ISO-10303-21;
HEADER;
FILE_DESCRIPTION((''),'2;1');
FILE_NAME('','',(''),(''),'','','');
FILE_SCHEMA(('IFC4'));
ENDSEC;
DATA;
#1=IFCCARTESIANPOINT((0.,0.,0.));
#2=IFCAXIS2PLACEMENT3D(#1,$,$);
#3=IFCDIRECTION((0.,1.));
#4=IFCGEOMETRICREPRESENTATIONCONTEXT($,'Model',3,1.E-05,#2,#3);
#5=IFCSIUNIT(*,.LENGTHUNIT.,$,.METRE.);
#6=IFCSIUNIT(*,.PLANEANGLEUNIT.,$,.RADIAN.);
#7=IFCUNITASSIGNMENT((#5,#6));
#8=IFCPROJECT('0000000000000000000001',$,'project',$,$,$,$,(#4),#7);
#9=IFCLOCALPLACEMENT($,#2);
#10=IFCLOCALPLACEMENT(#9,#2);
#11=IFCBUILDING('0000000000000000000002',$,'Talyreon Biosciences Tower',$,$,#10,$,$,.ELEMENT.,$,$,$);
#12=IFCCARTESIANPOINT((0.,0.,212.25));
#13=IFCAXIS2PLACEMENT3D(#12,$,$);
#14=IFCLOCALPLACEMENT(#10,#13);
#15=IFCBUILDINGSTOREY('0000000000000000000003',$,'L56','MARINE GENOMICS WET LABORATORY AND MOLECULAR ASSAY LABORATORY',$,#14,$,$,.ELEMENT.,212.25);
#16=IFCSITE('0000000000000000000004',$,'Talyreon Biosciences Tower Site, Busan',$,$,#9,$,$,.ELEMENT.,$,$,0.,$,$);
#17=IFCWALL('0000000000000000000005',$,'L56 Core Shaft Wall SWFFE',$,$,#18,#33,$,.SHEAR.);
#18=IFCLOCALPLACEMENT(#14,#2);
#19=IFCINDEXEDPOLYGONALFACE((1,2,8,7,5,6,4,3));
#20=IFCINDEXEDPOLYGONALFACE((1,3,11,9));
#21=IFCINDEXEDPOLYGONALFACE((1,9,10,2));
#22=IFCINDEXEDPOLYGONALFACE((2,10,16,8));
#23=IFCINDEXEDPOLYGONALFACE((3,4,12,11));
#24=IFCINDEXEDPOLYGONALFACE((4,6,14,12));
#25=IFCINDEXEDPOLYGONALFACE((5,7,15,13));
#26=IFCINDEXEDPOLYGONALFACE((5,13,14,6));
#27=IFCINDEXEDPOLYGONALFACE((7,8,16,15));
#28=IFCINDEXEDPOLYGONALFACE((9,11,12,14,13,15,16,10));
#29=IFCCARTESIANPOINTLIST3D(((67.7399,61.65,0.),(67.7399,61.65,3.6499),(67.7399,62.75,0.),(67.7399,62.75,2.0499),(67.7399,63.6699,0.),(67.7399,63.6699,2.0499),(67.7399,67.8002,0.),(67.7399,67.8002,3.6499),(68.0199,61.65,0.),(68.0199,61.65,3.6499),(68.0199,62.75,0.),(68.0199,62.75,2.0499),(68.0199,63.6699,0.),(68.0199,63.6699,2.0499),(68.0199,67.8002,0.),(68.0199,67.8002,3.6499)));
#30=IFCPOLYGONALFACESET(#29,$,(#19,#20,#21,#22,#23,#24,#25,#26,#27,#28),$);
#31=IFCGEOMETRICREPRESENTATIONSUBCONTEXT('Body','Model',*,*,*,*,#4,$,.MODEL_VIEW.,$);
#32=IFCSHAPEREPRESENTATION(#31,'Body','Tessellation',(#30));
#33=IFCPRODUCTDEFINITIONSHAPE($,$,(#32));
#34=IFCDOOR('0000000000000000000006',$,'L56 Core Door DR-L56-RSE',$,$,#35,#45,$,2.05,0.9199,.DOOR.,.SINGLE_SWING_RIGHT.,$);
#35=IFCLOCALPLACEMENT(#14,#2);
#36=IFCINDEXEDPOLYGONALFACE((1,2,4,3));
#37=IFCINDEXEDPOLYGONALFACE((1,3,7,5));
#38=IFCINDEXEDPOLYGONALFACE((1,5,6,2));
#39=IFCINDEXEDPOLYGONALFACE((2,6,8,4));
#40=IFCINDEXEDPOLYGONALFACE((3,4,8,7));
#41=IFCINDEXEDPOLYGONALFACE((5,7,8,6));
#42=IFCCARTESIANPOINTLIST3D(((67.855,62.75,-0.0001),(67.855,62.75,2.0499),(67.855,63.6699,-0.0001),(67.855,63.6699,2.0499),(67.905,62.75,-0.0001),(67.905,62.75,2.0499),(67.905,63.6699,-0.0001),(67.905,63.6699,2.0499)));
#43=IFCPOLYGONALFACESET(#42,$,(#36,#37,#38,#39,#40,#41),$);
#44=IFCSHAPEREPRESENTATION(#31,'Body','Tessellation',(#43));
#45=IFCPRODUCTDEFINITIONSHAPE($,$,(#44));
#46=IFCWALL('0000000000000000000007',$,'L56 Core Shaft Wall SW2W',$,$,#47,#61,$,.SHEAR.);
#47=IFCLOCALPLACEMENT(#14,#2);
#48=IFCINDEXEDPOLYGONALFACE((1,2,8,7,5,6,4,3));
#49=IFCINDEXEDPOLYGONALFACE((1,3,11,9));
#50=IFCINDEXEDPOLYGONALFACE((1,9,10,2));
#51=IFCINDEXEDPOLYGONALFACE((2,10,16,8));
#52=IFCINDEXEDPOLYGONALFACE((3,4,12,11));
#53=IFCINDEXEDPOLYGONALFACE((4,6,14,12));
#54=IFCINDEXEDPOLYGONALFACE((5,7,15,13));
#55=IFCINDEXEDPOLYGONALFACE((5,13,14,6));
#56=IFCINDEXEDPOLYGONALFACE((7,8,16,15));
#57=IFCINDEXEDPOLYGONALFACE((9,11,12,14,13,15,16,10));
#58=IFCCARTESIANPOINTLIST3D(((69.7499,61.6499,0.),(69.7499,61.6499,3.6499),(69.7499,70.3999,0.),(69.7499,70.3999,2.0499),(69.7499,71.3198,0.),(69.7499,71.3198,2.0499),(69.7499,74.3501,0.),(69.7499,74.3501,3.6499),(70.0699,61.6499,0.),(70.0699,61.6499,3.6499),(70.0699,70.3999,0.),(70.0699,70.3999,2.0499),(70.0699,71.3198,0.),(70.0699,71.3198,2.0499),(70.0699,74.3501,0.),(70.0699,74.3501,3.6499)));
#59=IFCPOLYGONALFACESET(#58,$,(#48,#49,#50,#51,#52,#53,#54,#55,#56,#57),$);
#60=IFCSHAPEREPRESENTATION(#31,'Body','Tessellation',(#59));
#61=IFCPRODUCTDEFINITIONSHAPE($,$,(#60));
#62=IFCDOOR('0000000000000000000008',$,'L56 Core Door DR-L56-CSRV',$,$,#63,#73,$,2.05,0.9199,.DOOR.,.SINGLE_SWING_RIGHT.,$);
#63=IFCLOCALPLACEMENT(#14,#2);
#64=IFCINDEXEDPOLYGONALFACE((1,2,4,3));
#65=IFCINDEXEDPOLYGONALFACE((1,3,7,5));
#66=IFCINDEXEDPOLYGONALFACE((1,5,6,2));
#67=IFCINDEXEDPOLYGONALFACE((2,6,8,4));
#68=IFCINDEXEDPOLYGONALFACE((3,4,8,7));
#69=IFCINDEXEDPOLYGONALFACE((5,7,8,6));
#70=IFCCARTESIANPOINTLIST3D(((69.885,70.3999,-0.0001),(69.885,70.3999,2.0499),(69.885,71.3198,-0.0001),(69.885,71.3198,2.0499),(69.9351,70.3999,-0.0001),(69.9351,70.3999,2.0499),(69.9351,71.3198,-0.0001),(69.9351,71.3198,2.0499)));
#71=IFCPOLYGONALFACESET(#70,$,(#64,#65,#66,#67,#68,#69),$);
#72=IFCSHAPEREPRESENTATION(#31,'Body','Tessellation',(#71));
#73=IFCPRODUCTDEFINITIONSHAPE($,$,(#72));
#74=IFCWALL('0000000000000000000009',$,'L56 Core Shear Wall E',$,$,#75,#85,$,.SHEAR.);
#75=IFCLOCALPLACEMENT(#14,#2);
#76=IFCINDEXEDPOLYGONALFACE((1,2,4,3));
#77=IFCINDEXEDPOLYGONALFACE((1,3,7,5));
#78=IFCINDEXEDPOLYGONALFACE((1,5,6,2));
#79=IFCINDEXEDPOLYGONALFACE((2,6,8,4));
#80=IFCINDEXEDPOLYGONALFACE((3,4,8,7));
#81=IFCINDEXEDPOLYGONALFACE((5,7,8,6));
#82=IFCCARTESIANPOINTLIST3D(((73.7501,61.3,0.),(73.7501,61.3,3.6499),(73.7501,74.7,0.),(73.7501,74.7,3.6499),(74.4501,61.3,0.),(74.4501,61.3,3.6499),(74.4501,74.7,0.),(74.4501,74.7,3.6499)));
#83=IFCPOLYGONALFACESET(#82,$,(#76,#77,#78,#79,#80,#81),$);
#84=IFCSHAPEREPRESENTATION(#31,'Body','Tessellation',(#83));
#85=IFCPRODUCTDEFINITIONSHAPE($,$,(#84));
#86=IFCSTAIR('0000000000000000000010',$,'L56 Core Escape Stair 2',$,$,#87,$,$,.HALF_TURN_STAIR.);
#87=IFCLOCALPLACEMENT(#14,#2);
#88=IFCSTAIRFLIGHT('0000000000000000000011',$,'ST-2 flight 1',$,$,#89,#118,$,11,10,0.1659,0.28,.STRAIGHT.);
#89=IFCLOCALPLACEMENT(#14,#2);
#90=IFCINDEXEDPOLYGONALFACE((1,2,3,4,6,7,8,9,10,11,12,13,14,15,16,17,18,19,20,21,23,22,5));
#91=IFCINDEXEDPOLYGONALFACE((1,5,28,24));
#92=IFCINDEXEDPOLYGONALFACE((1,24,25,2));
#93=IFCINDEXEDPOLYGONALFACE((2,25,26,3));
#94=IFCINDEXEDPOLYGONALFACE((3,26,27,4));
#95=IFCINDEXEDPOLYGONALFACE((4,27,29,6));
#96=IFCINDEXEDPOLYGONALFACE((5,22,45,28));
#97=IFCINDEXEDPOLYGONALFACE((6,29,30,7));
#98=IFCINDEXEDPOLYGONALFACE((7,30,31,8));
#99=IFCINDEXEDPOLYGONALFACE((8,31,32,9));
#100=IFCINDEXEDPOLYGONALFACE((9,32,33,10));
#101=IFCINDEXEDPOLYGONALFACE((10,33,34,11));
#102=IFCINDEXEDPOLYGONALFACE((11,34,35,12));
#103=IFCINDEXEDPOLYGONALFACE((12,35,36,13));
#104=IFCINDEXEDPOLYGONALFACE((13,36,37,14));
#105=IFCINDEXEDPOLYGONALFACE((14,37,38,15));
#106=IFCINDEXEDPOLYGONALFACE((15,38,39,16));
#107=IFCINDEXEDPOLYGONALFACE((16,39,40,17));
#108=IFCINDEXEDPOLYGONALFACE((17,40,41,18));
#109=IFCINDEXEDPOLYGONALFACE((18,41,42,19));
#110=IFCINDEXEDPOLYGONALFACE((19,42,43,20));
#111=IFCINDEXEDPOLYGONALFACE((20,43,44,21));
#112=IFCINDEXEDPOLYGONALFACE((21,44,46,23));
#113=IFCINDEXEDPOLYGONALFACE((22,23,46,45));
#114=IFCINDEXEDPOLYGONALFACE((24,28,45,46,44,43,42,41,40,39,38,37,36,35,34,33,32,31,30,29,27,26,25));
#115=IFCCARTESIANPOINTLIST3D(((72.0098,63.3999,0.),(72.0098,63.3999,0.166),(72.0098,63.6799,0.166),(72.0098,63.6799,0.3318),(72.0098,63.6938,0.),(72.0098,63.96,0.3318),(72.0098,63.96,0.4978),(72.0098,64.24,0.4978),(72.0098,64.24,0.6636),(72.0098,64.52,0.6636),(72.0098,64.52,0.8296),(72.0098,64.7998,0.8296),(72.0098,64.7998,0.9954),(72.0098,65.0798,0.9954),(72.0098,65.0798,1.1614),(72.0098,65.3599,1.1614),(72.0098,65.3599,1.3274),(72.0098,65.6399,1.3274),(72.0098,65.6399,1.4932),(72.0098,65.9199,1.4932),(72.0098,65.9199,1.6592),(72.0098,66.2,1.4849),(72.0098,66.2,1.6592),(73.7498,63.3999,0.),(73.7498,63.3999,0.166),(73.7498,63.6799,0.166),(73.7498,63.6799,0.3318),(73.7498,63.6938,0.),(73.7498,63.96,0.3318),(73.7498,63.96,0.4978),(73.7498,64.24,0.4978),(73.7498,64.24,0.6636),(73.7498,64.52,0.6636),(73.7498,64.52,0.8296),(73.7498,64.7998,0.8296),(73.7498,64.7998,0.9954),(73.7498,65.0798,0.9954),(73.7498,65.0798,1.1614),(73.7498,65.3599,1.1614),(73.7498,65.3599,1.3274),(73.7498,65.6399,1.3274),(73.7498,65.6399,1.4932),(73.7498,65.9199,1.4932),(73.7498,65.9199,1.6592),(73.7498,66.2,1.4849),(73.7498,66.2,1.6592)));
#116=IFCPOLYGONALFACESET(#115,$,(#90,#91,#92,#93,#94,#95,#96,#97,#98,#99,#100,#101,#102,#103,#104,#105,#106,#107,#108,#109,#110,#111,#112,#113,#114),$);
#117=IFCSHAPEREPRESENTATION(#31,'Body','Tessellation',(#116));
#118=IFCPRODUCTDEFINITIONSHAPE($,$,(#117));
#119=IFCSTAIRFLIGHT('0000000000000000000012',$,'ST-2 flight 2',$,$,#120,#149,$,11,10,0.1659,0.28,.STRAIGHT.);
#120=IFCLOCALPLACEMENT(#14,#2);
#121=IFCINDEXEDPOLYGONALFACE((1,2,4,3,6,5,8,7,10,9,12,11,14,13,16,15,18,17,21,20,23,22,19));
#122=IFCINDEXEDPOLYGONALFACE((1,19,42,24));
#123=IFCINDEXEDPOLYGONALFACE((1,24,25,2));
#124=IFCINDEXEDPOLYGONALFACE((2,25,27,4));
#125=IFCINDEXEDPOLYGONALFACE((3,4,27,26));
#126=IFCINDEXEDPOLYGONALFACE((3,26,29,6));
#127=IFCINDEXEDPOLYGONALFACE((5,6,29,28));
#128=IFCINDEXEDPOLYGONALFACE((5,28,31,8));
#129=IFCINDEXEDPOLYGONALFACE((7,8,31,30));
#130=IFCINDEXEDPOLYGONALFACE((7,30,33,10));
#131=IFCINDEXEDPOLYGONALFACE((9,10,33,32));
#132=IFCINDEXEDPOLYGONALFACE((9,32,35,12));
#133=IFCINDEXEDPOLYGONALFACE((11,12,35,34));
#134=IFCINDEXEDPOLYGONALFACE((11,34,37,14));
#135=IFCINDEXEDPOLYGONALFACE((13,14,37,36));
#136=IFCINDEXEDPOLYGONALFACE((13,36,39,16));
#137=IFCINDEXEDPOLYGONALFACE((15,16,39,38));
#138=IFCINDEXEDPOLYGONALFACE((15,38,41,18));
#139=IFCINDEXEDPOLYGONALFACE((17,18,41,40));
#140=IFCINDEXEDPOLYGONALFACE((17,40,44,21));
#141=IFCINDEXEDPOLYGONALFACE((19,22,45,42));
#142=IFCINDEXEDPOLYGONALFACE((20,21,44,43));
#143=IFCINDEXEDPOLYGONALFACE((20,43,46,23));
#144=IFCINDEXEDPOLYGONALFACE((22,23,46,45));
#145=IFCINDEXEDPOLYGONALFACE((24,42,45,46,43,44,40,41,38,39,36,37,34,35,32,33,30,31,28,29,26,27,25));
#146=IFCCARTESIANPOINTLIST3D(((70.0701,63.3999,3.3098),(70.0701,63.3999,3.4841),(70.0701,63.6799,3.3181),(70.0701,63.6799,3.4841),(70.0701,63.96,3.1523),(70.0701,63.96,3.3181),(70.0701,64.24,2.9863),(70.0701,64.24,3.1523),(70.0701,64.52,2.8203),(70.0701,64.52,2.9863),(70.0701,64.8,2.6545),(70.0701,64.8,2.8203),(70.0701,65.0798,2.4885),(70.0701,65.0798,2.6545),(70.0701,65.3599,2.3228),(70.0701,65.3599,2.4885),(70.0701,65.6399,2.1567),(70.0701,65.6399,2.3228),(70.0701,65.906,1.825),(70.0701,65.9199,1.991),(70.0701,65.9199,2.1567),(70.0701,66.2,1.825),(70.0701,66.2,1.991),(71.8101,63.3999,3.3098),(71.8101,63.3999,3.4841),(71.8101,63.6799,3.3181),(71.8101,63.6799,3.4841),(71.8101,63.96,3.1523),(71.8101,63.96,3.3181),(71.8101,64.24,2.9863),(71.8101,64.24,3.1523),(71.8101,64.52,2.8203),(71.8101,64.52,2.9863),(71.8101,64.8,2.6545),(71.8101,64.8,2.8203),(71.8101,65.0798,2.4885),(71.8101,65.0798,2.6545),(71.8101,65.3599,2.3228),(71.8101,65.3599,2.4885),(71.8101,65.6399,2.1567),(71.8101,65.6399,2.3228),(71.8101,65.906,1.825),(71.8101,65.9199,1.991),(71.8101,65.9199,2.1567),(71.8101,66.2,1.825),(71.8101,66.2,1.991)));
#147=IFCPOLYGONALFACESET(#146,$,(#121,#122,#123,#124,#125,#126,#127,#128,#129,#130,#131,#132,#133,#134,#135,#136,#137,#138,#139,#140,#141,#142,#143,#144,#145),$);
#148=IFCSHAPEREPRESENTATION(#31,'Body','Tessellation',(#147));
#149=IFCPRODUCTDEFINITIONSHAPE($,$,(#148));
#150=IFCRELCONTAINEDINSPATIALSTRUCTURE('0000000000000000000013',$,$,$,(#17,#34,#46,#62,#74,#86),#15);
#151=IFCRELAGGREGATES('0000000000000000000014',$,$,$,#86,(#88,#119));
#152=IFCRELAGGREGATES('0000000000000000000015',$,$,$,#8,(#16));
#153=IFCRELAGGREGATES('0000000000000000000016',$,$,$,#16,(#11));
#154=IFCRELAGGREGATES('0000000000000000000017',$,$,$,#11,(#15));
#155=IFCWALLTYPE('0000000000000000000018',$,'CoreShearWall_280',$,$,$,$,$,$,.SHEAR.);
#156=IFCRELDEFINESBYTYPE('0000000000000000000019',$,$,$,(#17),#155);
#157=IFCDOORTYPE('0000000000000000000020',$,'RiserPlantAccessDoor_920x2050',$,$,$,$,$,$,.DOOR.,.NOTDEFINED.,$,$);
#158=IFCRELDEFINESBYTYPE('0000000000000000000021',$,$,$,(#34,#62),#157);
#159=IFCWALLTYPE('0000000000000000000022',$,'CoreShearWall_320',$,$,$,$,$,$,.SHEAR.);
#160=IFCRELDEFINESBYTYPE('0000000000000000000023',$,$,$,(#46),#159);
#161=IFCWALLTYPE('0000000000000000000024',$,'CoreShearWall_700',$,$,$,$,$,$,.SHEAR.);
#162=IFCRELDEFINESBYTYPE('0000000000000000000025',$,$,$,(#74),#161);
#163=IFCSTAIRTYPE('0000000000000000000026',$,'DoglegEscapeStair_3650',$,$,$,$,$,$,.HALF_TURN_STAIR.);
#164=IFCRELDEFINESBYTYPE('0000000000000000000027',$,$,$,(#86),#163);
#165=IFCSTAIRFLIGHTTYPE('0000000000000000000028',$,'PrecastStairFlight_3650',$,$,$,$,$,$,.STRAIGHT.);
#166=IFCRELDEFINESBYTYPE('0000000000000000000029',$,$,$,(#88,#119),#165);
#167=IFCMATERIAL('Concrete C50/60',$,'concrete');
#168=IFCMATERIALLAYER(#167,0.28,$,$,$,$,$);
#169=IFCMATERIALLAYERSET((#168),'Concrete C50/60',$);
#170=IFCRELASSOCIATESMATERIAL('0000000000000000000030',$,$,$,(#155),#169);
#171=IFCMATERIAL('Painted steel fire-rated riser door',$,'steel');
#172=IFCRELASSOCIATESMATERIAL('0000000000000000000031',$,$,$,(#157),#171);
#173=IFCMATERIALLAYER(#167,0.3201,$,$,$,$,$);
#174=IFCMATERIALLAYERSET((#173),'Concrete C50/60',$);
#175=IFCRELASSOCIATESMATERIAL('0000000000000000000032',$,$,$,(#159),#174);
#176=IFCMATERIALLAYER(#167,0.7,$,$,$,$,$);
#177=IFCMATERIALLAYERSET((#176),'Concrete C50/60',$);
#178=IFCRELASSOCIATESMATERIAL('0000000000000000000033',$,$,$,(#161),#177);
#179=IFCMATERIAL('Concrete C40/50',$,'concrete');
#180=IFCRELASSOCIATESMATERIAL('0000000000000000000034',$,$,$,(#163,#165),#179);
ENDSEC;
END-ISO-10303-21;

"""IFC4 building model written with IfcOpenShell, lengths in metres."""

from ifc_helpers import new_model, si_unit, direction, frame, frame_2d, origin, place, context, subcontext, project, spatial, polyline, rectangle, outline, extrude, material, layer, layer_set, type_object, element, fill, aggregate, save


model = new_model("IFC4")

# Units and contexts
model_context = context("Model", 3, precision=1e-05, world=origin(), true_north=direction((0.0, 1.0)))
body_context = subcontext(model_context, "Body", "Model", "MODEL_VIEW")
ifc_project = project(units=[si_unit("LENGTHUNIT", "METRE"), si_unit("PLANEANGLEUNIT", "RADIAN")], contexts=[model_context])

# Site, building, storey
site_placement = place(None, origin())
site = spatial("IfcSite", under=ifc_project, at=site_placement, Name="Talyreon Biosciences Tower Site, Busan", CompositionType="ELEMENT", RefElevation=0.0)
building_placement = place(site_placement, origin())
building = spatial("IfcBuilding", under=site, at=building_placement, Name="Talyreon Biosciences Tower", CompositionType="ELEMENT")
storey_placement = place(building_placement, frame((0.0, 0.0, 212.25)))
storey = spatial("IfcBuildingStorey", under=building, at=storey_placement, Name="L56", Description="MARINE GENOMICS WET LABORATORY AND MOLECULAR ASSAY LABORATORY", CompositionType="ELEMENT", Elevation=212.25)

# Shared definitions
ifc_material_1 = material(Name="Concrete C50/60", Category="concrete")

# Walls, openings, doors
ifc_layer_1 = layer(ifc_material_1, 0.28)
ifc_layer_set_1 = layer_set([ifc_layer_1], Name="Concrete C50/60")
wall_type_1 = type_object("IfcWallType", Name="CoreShearWall_280", PredefinedType="SHEAR", material=ifc_layer_set_1)
wall_1_placement = place(storey_placement, frame((67.8799, 61.6499, 0.0), z_axis=(0.0, 0.0, 1.0), x_axis=(0.0, 1.0, 0.0)))
wall_1 = element("IfcWall", 1, at=wall_1_placement, inside=storey, type_object=wall_type_1, Name="L56 Core Shaft Wall SWFFE", PredefinedType="SHEAR", context=body_context, shape_type="SweptSolid", body=[
    extrude(rectangle(XDim=6.1501, YDim=0.28, at=frame_2d((3.0752, 0.0))), origin(), (0.0, 0.0, 1.0), 3.6499),
])
opening_1_placement = place(wall_1_placement, frame((1.1001, 0.0, 0.0)))
opening_1 = element("IfcOpeningElement", 2, at=opening_1_placement, cuts=wall_1, PredefinedType="OPENING", context=body_context, shape_type="SweptSolid", body=[
    extrude(rectangle(XDim=0.9199, YDim=2.05, at=frame_2d((0.46, 1.0249))), frame((0.0, 0.1499, 0.0), z_axis=(0.0, -1.0, 0.0), x_axis=(1.0, 0.0, 0.0)), (0.0, 0.0, 1.0), 0.3),
])
ifc_material_2 = material(Name="Painted steel fire-rated riser door", Category="steel")
door_type = type_object("IfcDoorType", Name="RiserPlantAccessDoor_920x2050", OperationType="NOTDEFINED", PredefinedType="DOOR", material=ifc_material_2)
door_1_placement = place(opening_1_placement, origin())
door_1 = element("IfcDoor", 3, at=door_1_placement, inside=storey, type_object=door_type, Name="L56 Core Door DR-L56-RSE", OperationType="SINGLE_SWING_RIGHT", OverallHeight=2.05, OverallWidth=0.9199, PredefinedType="DOOR", context=body_context, shape_type="SweptSolid", body=[
    extrude(rectangle(XDim=0.9199, YDim=2.05, at=frame_2d((0.46, 1.0249))), frame((0.0, 0.0249, 0.0), z_axis=(0.0, -1.0, 0.0), x_axis=(1.0, 0.0, 0.0)), (0.0, 0.0, 1.0), 0.05),
])
fill(opening_1, door_1)
ifc_layer_2 = layer(ifc_material_1, 0.3201)
ifc_layer_set_2 = layer_set([ifc_layer_2], Name="Concrete C50/60")
wall_type_2 = type_object("IfcWallType", Name="CoreShearWall_320", PredefinedType="SHEAR", material=ifc_layer_set_2)
wall_2_placement = place(storey_placement, frame((69.9099, 61.6499, 0.0), z_axis=(0.0, 0.0, 1.0), x_axis=(0.0, 1.0, 0.0)))
wall_2 = element("IfcWall", 4, at=wall_2_placement, inside=storey, type_object=wall_type_2, Name="L56 Core Shaft Wall SW2W", PredefinedType="SHEAR", context=body_context, shape_type="SweptSolid", body=[
    extrude(rectangle(XDim=12.7002, YDim=0.3201, at=frame_2d((6.3501, 0.0))), origin(), (0.0, 0.0, 1.0), 3.6499),
])
opening_2_placement = place(wall_2_placement, frame((8.75, 0.0, 0.0)))
opening_2 = element("IfcOpeningElement", 5, at=opening_2_placement, cuts=wall_2, PredefinedType="OPENING", context=body_context, shape_type="SweptSolid", body=[
    extrude(rectangle(XDim=0.9199, YDim=2.05, at=frame_2d((0.46, 1.0249))), frame((0.0, 0.1699, 0.0), z_axis=(0.0, -1.0, 0.0), x_axis=(1.0, 0.0, 0.0)), (0.0, 0.0, 1.0), 0.3401),
])
door_2_placement = place(opening_2_placement, origin())
door_2 = element("IfcDoor", 6, at=door_2_placement, inside=storey, type_object=door_type, Name="L56 Core Door DR-L56-CSRV", OperationType="SINGLE_SWING_RIGHT", OverallHeight=2.05, OverallWidth=0.9199, PredefinedType="DOOR", context=body_context, shape_type="SweptSolid", body=[
    extrude(rectangle(XDim=0.9199, YDim=2.05, at=frame_2d((0.46, 1.0249))), frame((0.0, 0.0249, 0.0), z_axis=(0.0, -1.0, 0.0), x_axis=(1.0, 0.0, 0.0)), (0.0, 0.0, 1.0), 0.05),
])
fill(opening_2, door_2)

# Wall
ifc_layer_3 = layer(ifc_material_1, 0.7)
ifc_layer_set_3 = layer_set([ifc_layer_3], Name="Concrete C50/60")
wall_type_3 = type_object("IfcWallType", Name="CoreShearWall_700", PredefinedType="SHEAR", material=ifc_layer_set_3)
wall_3_placement = place(storey_placement, frame((74.1001, 61.3, 0.0), z_axis=(0.0, 0.0, 1.0), x_axis=(0.0, 1.0, 0.0)))
element("IfcWall", 7, at=wall_3_placement, inside=storey, type_object=wall_type_3, Name="L56 Core Shear Wall E", PredefinedType="SHEAR", context=body_context, shape_type="SweptSolid", body=[
    extrude(rectangle(XDim=13.3999, YDim=0.7, at=frame_2d((6.7, 0.0))), origin(), (0.0, 0.0, 1.0), 3.6499),
])

# Stair, stair flights
ifc_material_3 = material(Name="Concrete C40/50", Category="concrete")
stair_type = type_object("IfcStairType", Name="DoglegEscapeStair_3650", PredefinedType="HALF_TURN_STAIR", material=ifc_material_3)
stair_placement = place(storey_placement, origin())
stair = element("IfcStair", 8, at=stair_placement, inside=storey, type_object=stair_type, Name="L56 Core Escape Stair 2", PredefinedType="HALF_TURN_STAIR")
stair_flight_type = type_object("IfcStairFlightType", Name="PrecastStairFlight_3650", PredefinedType="STRAIGHT", material=ifc_material_3)
stair_flight_1_placement = place(storey_placement, frame((72.8799, 63.3999, 0.0), z_axis=(0.0, 0.0, 1.0), x_axis=(0.0, 1.0, 0.0)))
stair_flight_1 = element("IfcStairFlight", 9, at=stair_flight_1_placement, type_object=stair_flight_type, Name="ST-2 flight 1", NumberOfRisers=11, NumberOfTreads=10, PredefinedType="STRAIGHT", RiserHeight=0.1659, TreadLength=0.28, context=body_context, shape_type="SweptSolid", body=[
    extrude(outline(polyline([(0.0, 0.0), (0.0, 0.166), (0.28, 0.166), (0.28, 0.3318), (0.5601, 0.3318), (0.5601, 0.4978), (0.8401, 0.4978), (0.8401, 0.6636), (1.1201, 0.6636), (1.1201, 0.8296), (1.3999, 0.8296), (1.3999, 0.9954), (1.6799, 0.9954), (1.6799, 1.1614), (1.96, 1.1614), (1.96, 1.3274), (2.24, 1.3274), (2.24, 1.4932), (2.52, 1.4932), (2.52, 1.6592), (2.8, 1.6592), (2.8, 1.825), (2.8, 1.4849), (0.2939, 0.0), (0.0, 0.0)])), frame((0.0, 0.8701, 0.0), z_axis=(0.0, -1.0, 0.0), x_axis=(1.0, 0.0, 0.0)), (0.0, 0.0, 1.0), 1.74),
])
stair_flight_2_placement = place(storey_placement, frame((70.9399, 66.2, 1.825), z_axis=(0.0, 0.0, 1.0), x_axis=(0.0, -1.0, 0.0)))
stair_flight_2 = element("IfcStairFlight", 10, at=stair_flight_2_placement, type_object=stair_flight_type, Name="ST-2 flight 2", NumberOfRisers=11, NumberOfTreads=10, PredefinedType="STRAIGHT", RiserHeight=0.1659, TreadLength=0.28, context=body_context, shape_type="SweptSolid", body=[
    extrude(outline(polyline([(0.0, 0.0), (0.0, 0.166), (0.28, 0.166), (0.28, 0.3318), (0.5601, 0.3318), (0.5601, 0.4978), (0.8401, 0.4978), (0.8401, 0.6636), (1.1201, 0.6636), (1.1201, 0.8296), (1.3999, 0.8296), (1.3999, 0.9954), (1.6799, 0.9954), (1.6799, 1.1614), (1.96, 1.1614), (1.96, 1.3274), (2.24, 1.3274), (2.24, 1.4932), (2.52, 1.4932), (2.52, 1.6592), (2.8, 1.6592), (2.8, 1.825), (2.8, 1.4849), (0.2939, 0.0), (0.0, 0.0)])), frame((0.0, 0.8701, 0.0), z_axis=(0.0, -1.0, 0.0), x_axis=(1.0, 0.0, 0.0)), (0.0, 0.0, 1.0), 1.74),
])
aggregate(stair, [stair_flight_1, stair_flight_2])

save(model, "model.ifc")
